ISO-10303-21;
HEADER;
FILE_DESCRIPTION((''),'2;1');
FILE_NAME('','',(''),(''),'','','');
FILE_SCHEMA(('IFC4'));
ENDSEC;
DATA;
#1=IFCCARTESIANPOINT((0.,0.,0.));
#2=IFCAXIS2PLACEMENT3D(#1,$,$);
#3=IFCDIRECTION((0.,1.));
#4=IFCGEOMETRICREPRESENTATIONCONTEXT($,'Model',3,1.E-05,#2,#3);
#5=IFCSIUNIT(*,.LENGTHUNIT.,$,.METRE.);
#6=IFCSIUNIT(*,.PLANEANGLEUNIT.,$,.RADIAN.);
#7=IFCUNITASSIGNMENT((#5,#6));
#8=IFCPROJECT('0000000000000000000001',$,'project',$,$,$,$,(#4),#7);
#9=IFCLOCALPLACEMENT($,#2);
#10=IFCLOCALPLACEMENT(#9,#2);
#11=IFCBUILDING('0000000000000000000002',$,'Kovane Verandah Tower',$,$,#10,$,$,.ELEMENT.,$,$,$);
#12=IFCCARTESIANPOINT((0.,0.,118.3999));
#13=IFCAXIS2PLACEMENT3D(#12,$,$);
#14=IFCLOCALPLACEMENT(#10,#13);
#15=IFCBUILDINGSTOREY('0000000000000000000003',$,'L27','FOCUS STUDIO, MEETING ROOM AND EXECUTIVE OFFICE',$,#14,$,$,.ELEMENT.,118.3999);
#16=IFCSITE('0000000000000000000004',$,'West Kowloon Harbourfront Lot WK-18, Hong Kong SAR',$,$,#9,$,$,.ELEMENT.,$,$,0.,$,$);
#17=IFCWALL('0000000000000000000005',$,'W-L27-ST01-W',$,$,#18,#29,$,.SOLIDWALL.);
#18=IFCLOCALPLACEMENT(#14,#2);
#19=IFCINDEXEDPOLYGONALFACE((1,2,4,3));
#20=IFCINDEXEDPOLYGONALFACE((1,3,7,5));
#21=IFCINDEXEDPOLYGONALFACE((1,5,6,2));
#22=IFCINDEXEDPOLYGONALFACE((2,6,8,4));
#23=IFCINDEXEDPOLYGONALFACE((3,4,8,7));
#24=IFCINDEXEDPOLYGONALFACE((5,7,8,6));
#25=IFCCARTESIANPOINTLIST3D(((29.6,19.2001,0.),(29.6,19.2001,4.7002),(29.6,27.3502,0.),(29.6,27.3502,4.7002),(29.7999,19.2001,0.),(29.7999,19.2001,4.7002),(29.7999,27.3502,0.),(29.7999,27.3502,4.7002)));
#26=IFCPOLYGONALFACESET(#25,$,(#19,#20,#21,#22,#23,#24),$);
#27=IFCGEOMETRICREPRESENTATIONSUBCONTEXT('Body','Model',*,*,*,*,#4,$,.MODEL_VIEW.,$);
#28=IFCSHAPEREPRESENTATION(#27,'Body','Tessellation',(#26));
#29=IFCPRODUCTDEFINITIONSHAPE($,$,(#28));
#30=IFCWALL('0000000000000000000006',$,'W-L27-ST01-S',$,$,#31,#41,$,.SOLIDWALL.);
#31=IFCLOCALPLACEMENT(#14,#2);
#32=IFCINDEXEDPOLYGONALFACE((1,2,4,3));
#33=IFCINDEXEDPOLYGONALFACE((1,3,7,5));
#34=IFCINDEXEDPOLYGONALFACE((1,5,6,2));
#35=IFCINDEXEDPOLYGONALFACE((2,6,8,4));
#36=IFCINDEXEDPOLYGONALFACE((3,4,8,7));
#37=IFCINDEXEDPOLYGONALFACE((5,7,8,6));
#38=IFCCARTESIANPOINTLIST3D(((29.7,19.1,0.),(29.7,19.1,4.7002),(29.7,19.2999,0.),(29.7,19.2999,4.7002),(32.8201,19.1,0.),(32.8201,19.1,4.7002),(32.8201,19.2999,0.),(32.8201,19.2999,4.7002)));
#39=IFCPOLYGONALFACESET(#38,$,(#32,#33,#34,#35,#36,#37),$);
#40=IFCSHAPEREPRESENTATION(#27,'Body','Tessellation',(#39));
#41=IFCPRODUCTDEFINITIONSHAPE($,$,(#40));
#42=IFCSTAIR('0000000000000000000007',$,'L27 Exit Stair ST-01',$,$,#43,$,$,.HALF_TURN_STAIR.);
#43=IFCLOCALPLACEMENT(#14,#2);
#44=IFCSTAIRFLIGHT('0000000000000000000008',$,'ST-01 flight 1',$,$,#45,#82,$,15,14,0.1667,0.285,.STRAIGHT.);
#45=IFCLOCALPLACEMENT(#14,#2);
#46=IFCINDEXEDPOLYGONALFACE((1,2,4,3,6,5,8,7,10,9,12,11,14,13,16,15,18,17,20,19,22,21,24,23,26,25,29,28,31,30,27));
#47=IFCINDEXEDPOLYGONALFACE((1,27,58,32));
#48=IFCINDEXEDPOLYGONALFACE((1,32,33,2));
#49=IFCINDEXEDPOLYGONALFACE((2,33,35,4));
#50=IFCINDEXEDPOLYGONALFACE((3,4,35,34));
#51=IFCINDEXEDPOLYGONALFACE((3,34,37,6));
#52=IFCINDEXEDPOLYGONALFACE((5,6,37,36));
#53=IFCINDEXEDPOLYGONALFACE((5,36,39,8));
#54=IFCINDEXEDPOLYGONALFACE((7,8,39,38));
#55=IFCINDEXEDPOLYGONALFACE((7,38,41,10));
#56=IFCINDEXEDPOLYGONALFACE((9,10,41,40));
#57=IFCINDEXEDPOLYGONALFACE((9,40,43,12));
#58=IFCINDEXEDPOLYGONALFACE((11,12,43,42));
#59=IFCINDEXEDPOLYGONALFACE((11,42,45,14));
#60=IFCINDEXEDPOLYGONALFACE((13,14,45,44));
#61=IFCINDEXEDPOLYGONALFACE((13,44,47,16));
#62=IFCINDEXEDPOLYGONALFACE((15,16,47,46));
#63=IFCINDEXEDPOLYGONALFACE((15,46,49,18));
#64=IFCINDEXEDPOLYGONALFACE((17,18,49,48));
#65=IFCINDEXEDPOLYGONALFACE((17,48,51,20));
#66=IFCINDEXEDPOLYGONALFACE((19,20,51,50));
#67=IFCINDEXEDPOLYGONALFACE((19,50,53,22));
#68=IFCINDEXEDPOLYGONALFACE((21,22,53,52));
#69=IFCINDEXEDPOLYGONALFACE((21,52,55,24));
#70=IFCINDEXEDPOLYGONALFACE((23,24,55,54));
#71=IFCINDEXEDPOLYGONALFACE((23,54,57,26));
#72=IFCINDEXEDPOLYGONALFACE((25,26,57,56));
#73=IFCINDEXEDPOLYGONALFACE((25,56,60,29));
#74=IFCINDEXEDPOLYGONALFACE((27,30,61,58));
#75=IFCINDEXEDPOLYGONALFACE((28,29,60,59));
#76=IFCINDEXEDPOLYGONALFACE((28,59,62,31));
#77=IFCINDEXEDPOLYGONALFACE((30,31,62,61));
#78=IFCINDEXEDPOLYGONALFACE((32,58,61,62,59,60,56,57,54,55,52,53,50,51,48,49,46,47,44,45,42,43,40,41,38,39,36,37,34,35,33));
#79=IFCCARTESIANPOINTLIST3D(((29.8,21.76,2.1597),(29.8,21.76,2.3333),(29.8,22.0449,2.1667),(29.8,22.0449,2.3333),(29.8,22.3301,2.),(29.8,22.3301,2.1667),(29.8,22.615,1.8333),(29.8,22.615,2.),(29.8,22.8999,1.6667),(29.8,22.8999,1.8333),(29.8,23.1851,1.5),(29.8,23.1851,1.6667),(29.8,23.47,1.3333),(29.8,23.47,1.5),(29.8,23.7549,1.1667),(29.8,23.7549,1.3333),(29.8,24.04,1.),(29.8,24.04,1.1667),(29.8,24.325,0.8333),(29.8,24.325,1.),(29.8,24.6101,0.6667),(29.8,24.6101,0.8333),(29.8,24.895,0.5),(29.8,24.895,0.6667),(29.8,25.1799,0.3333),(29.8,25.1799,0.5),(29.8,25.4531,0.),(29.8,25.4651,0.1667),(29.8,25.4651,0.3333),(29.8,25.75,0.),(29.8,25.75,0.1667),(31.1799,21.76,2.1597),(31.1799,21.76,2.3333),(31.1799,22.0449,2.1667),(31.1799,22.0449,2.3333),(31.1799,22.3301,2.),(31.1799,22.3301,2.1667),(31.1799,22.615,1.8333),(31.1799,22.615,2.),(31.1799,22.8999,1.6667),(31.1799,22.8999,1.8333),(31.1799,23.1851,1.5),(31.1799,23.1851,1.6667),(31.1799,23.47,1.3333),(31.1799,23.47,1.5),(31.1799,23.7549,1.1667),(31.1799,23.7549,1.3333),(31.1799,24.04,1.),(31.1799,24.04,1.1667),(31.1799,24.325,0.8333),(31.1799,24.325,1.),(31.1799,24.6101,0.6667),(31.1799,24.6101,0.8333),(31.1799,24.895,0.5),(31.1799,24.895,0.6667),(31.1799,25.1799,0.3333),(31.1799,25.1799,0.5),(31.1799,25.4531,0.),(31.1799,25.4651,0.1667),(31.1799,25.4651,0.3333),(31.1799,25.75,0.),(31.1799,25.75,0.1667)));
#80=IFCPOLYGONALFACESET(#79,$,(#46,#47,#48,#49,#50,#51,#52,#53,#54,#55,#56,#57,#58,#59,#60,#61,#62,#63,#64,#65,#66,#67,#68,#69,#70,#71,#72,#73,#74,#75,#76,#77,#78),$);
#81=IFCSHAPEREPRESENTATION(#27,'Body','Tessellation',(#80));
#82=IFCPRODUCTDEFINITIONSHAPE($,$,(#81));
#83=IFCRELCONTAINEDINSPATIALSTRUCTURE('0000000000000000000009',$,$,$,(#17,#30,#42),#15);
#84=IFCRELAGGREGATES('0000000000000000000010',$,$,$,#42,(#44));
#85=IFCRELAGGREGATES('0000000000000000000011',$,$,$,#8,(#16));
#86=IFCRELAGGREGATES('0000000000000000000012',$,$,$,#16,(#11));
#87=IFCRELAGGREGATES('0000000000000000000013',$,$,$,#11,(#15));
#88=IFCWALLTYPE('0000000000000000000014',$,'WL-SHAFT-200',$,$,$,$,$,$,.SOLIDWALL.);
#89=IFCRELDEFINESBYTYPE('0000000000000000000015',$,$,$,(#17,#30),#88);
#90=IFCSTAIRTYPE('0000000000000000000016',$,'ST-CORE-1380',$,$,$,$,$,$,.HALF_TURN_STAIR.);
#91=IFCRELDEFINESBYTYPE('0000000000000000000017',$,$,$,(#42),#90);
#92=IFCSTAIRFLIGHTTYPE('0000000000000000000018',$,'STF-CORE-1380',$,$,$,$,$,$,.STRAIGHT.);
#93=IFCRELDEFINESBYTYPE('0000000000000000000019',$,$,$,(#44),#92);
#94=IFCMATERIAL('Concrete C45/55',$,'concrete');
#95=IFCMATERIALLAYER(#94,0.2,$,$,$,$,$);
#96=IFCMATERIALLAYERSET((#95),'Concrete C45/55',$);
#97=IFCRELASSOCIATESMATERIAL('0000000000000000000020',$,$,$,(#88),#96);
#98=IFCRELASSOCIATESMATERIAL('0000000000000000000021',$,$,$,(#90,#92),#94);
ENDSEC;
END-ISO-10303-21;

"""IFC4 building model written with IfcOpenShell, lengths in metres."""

from ifc_helpers import new_model, si_unit, direction, frame, frame_2d, origin, place, context, subcontext, project, spatial, polyline, rectangle, outline, extrude, material, layer, layer_set, type_object, element, aggregate, save


model = new_model("IFC4")

# Units and contexts
model_context = context("Model", 3, precision=1e-05, world=origin(), true_north=direction((0.0, 1.0)))
body_context = subcontext(model_context, "Body", "Model", "MODEL_VIEW")
ifc_project = project(units=[si_unit("LENGTHUNIT", "METRE"), si_unit("PLANEANGLEUNIT", "RADIAN")], contexts=[model_context])

# Site, building, storey
site_placement = place(None, origin())
site = spatial("IfcSite", under=ifc_project, at=site_placement, Name="West Kowloon Harbourfront Lot WK-18, Hong Kong SAR", CompositionType="ELEMENT", RefElevation=0.0)
building_placement = place(site_placement, origin())
building = spatial("IfcBuilding", under=site, at=building_placement, Name="Kovane Verandah Tower", CompositionType="ELEMENT")
storey_placement = place(building_placement, frame((0.0, 0.0, 118.3999)))
storey = spatial("IfcBuildingStorey", under=building, at=storey_placement, Name="L27", Description="FOCUS STUDIO, MEETING ROOM AND EXECUTIVE OFFICE", CompositionType="ELEMENT", Elevation=118.3999)

# Walls
ifc_material_1 = material(Name="Concrete C45/55", Category="concrete")
ifc_layer_1 = layer(ifc_material_1, 0.2)
ifc_layer_set_1 = layer_set([ifc_layer_1], Name="Concrete C45/55")
wall_type_1 = type_object("IfcWallType", Name="WL-SHAFT-200", PredefinedType="SOLIDWALL", material=ifc_layer_set_1)
wall_1_placement = place(storey_placement, frame((29.7, 19.2, 0.0), z_axis=(0.0, 0.0, 1.0), x_axis=(0.0, 1.0, 0.0)))
element("IfcWall", 1, at=wall_1_placement, inside=storey, type_object=wall_type_1, Name="W-L27-ST01-W", PredefinedType="SOLIDWALL", context=body_context, shape_type="SweptSolid", body=[
    extrude(rectangle(XDim=8.1501, YDim=0.2, at=frame_2d((4.0752, 0.0))), origin(), (0.0, 0.0, 1.0), 4.7002),
])
wall_2_placement = place(storey_placement, frame((29.7, 19.2, 0.0), z_axis=(0.0, 0.0, 1.0), x_axis=(1.0, 0.0, 0.0)))
element("IfcWall", 2, at=wall_2_placement, inside=storey, type_object=wall_type_1, Name="W-L27-ST01-S", PredefinedType="SOLIDWALL", context=body_context, shape_type="SweptSolid", body=[
    extrude(rectangle(XDim=3.1201, YDim=0.2, at=frame_2d((1.5601, 0.0))), origin(), (0.0, 0.0, 1.0), 4.7002),
])

# Stair, stair flight
stair_type = type_object("IfcStairType", Name="ST-CORE-1380", PredefinedType="HALF_TURN_STAIR", material=ifc_material_1)
stair_placement = place(storey_placement, origin())
stair = element("IfcStair", 3, at=stair_placement, inside=storey, type_object=stair_type, Name="L27 Exit Stair ST-01", PredefinedType="HALF_TURN_STAIR")
stair_flight_type = type_object("IfcStairFlightType", Name="STF-CORE-1380", PredefinedType="STRAIGHT", material=ifc_material_1)
stair_flight_placement = place(storey_placement, frame((30.49, 25.75, 0.0), z_axis=(0.0, 0.0, 1.0), x_axis=(0.0, -1.0, 0.0)))
stair_flight = element("IfcStairFlight", 4, at=stair_flight_placement, type_object=stair_flight_type, Name="ST-01 flight 1", NumberOfRisers=15, NumberOfTreads=14, PredefinedType="STRAIGHT", RiserHeight=0.1667, TreadLength=0.285, context=body_context, shape_type="SweptSolid", body=[
    extrude(outline(polyline([(0.0, 0.0), (0.0, 0.1667), (0.2849, 0.1667), (0.2849, 0.3333), (0.5701, 0.3333), (0.5701, 0.5), (0.855, 0.5), (0.855, 0.6667), (1.1399, 0.6667), (1.1399, 0.8333), (1.425, 0.8333), (1.425, 1.0), (1.71, 1.0), (1.71, 1.1667), (1.9951, 1.1667), (1.9951, 1.3333), (2.28, 1.3333), (2.28, 1.5), (2.5649, 1.5), (2.5649, 1.6667), (2.8501, 1.6667), (2.8501, 1.8333), (3.135, 1.8333), (3.135, 2.0), (3.4199, 2.0), (3.4199, 2.1667), (3.7051, 2.1667), (3.7051, 2.3333), (3.99, 2.3333), (3.99, 2.5), (3.99, 2.1597), (0.2969, 0.0), (0.0, 0.0)])), frame((0.0, 0.6899, 0.0), z_axis=(0.0, -1.0, 0.0), x_axis=(1.0, 0.0, 0.0)), (0.0, 0.0, 1.0), 1.3799),
])
aggregate(stair, [stair_flight])

save(model, "model.ifc")
